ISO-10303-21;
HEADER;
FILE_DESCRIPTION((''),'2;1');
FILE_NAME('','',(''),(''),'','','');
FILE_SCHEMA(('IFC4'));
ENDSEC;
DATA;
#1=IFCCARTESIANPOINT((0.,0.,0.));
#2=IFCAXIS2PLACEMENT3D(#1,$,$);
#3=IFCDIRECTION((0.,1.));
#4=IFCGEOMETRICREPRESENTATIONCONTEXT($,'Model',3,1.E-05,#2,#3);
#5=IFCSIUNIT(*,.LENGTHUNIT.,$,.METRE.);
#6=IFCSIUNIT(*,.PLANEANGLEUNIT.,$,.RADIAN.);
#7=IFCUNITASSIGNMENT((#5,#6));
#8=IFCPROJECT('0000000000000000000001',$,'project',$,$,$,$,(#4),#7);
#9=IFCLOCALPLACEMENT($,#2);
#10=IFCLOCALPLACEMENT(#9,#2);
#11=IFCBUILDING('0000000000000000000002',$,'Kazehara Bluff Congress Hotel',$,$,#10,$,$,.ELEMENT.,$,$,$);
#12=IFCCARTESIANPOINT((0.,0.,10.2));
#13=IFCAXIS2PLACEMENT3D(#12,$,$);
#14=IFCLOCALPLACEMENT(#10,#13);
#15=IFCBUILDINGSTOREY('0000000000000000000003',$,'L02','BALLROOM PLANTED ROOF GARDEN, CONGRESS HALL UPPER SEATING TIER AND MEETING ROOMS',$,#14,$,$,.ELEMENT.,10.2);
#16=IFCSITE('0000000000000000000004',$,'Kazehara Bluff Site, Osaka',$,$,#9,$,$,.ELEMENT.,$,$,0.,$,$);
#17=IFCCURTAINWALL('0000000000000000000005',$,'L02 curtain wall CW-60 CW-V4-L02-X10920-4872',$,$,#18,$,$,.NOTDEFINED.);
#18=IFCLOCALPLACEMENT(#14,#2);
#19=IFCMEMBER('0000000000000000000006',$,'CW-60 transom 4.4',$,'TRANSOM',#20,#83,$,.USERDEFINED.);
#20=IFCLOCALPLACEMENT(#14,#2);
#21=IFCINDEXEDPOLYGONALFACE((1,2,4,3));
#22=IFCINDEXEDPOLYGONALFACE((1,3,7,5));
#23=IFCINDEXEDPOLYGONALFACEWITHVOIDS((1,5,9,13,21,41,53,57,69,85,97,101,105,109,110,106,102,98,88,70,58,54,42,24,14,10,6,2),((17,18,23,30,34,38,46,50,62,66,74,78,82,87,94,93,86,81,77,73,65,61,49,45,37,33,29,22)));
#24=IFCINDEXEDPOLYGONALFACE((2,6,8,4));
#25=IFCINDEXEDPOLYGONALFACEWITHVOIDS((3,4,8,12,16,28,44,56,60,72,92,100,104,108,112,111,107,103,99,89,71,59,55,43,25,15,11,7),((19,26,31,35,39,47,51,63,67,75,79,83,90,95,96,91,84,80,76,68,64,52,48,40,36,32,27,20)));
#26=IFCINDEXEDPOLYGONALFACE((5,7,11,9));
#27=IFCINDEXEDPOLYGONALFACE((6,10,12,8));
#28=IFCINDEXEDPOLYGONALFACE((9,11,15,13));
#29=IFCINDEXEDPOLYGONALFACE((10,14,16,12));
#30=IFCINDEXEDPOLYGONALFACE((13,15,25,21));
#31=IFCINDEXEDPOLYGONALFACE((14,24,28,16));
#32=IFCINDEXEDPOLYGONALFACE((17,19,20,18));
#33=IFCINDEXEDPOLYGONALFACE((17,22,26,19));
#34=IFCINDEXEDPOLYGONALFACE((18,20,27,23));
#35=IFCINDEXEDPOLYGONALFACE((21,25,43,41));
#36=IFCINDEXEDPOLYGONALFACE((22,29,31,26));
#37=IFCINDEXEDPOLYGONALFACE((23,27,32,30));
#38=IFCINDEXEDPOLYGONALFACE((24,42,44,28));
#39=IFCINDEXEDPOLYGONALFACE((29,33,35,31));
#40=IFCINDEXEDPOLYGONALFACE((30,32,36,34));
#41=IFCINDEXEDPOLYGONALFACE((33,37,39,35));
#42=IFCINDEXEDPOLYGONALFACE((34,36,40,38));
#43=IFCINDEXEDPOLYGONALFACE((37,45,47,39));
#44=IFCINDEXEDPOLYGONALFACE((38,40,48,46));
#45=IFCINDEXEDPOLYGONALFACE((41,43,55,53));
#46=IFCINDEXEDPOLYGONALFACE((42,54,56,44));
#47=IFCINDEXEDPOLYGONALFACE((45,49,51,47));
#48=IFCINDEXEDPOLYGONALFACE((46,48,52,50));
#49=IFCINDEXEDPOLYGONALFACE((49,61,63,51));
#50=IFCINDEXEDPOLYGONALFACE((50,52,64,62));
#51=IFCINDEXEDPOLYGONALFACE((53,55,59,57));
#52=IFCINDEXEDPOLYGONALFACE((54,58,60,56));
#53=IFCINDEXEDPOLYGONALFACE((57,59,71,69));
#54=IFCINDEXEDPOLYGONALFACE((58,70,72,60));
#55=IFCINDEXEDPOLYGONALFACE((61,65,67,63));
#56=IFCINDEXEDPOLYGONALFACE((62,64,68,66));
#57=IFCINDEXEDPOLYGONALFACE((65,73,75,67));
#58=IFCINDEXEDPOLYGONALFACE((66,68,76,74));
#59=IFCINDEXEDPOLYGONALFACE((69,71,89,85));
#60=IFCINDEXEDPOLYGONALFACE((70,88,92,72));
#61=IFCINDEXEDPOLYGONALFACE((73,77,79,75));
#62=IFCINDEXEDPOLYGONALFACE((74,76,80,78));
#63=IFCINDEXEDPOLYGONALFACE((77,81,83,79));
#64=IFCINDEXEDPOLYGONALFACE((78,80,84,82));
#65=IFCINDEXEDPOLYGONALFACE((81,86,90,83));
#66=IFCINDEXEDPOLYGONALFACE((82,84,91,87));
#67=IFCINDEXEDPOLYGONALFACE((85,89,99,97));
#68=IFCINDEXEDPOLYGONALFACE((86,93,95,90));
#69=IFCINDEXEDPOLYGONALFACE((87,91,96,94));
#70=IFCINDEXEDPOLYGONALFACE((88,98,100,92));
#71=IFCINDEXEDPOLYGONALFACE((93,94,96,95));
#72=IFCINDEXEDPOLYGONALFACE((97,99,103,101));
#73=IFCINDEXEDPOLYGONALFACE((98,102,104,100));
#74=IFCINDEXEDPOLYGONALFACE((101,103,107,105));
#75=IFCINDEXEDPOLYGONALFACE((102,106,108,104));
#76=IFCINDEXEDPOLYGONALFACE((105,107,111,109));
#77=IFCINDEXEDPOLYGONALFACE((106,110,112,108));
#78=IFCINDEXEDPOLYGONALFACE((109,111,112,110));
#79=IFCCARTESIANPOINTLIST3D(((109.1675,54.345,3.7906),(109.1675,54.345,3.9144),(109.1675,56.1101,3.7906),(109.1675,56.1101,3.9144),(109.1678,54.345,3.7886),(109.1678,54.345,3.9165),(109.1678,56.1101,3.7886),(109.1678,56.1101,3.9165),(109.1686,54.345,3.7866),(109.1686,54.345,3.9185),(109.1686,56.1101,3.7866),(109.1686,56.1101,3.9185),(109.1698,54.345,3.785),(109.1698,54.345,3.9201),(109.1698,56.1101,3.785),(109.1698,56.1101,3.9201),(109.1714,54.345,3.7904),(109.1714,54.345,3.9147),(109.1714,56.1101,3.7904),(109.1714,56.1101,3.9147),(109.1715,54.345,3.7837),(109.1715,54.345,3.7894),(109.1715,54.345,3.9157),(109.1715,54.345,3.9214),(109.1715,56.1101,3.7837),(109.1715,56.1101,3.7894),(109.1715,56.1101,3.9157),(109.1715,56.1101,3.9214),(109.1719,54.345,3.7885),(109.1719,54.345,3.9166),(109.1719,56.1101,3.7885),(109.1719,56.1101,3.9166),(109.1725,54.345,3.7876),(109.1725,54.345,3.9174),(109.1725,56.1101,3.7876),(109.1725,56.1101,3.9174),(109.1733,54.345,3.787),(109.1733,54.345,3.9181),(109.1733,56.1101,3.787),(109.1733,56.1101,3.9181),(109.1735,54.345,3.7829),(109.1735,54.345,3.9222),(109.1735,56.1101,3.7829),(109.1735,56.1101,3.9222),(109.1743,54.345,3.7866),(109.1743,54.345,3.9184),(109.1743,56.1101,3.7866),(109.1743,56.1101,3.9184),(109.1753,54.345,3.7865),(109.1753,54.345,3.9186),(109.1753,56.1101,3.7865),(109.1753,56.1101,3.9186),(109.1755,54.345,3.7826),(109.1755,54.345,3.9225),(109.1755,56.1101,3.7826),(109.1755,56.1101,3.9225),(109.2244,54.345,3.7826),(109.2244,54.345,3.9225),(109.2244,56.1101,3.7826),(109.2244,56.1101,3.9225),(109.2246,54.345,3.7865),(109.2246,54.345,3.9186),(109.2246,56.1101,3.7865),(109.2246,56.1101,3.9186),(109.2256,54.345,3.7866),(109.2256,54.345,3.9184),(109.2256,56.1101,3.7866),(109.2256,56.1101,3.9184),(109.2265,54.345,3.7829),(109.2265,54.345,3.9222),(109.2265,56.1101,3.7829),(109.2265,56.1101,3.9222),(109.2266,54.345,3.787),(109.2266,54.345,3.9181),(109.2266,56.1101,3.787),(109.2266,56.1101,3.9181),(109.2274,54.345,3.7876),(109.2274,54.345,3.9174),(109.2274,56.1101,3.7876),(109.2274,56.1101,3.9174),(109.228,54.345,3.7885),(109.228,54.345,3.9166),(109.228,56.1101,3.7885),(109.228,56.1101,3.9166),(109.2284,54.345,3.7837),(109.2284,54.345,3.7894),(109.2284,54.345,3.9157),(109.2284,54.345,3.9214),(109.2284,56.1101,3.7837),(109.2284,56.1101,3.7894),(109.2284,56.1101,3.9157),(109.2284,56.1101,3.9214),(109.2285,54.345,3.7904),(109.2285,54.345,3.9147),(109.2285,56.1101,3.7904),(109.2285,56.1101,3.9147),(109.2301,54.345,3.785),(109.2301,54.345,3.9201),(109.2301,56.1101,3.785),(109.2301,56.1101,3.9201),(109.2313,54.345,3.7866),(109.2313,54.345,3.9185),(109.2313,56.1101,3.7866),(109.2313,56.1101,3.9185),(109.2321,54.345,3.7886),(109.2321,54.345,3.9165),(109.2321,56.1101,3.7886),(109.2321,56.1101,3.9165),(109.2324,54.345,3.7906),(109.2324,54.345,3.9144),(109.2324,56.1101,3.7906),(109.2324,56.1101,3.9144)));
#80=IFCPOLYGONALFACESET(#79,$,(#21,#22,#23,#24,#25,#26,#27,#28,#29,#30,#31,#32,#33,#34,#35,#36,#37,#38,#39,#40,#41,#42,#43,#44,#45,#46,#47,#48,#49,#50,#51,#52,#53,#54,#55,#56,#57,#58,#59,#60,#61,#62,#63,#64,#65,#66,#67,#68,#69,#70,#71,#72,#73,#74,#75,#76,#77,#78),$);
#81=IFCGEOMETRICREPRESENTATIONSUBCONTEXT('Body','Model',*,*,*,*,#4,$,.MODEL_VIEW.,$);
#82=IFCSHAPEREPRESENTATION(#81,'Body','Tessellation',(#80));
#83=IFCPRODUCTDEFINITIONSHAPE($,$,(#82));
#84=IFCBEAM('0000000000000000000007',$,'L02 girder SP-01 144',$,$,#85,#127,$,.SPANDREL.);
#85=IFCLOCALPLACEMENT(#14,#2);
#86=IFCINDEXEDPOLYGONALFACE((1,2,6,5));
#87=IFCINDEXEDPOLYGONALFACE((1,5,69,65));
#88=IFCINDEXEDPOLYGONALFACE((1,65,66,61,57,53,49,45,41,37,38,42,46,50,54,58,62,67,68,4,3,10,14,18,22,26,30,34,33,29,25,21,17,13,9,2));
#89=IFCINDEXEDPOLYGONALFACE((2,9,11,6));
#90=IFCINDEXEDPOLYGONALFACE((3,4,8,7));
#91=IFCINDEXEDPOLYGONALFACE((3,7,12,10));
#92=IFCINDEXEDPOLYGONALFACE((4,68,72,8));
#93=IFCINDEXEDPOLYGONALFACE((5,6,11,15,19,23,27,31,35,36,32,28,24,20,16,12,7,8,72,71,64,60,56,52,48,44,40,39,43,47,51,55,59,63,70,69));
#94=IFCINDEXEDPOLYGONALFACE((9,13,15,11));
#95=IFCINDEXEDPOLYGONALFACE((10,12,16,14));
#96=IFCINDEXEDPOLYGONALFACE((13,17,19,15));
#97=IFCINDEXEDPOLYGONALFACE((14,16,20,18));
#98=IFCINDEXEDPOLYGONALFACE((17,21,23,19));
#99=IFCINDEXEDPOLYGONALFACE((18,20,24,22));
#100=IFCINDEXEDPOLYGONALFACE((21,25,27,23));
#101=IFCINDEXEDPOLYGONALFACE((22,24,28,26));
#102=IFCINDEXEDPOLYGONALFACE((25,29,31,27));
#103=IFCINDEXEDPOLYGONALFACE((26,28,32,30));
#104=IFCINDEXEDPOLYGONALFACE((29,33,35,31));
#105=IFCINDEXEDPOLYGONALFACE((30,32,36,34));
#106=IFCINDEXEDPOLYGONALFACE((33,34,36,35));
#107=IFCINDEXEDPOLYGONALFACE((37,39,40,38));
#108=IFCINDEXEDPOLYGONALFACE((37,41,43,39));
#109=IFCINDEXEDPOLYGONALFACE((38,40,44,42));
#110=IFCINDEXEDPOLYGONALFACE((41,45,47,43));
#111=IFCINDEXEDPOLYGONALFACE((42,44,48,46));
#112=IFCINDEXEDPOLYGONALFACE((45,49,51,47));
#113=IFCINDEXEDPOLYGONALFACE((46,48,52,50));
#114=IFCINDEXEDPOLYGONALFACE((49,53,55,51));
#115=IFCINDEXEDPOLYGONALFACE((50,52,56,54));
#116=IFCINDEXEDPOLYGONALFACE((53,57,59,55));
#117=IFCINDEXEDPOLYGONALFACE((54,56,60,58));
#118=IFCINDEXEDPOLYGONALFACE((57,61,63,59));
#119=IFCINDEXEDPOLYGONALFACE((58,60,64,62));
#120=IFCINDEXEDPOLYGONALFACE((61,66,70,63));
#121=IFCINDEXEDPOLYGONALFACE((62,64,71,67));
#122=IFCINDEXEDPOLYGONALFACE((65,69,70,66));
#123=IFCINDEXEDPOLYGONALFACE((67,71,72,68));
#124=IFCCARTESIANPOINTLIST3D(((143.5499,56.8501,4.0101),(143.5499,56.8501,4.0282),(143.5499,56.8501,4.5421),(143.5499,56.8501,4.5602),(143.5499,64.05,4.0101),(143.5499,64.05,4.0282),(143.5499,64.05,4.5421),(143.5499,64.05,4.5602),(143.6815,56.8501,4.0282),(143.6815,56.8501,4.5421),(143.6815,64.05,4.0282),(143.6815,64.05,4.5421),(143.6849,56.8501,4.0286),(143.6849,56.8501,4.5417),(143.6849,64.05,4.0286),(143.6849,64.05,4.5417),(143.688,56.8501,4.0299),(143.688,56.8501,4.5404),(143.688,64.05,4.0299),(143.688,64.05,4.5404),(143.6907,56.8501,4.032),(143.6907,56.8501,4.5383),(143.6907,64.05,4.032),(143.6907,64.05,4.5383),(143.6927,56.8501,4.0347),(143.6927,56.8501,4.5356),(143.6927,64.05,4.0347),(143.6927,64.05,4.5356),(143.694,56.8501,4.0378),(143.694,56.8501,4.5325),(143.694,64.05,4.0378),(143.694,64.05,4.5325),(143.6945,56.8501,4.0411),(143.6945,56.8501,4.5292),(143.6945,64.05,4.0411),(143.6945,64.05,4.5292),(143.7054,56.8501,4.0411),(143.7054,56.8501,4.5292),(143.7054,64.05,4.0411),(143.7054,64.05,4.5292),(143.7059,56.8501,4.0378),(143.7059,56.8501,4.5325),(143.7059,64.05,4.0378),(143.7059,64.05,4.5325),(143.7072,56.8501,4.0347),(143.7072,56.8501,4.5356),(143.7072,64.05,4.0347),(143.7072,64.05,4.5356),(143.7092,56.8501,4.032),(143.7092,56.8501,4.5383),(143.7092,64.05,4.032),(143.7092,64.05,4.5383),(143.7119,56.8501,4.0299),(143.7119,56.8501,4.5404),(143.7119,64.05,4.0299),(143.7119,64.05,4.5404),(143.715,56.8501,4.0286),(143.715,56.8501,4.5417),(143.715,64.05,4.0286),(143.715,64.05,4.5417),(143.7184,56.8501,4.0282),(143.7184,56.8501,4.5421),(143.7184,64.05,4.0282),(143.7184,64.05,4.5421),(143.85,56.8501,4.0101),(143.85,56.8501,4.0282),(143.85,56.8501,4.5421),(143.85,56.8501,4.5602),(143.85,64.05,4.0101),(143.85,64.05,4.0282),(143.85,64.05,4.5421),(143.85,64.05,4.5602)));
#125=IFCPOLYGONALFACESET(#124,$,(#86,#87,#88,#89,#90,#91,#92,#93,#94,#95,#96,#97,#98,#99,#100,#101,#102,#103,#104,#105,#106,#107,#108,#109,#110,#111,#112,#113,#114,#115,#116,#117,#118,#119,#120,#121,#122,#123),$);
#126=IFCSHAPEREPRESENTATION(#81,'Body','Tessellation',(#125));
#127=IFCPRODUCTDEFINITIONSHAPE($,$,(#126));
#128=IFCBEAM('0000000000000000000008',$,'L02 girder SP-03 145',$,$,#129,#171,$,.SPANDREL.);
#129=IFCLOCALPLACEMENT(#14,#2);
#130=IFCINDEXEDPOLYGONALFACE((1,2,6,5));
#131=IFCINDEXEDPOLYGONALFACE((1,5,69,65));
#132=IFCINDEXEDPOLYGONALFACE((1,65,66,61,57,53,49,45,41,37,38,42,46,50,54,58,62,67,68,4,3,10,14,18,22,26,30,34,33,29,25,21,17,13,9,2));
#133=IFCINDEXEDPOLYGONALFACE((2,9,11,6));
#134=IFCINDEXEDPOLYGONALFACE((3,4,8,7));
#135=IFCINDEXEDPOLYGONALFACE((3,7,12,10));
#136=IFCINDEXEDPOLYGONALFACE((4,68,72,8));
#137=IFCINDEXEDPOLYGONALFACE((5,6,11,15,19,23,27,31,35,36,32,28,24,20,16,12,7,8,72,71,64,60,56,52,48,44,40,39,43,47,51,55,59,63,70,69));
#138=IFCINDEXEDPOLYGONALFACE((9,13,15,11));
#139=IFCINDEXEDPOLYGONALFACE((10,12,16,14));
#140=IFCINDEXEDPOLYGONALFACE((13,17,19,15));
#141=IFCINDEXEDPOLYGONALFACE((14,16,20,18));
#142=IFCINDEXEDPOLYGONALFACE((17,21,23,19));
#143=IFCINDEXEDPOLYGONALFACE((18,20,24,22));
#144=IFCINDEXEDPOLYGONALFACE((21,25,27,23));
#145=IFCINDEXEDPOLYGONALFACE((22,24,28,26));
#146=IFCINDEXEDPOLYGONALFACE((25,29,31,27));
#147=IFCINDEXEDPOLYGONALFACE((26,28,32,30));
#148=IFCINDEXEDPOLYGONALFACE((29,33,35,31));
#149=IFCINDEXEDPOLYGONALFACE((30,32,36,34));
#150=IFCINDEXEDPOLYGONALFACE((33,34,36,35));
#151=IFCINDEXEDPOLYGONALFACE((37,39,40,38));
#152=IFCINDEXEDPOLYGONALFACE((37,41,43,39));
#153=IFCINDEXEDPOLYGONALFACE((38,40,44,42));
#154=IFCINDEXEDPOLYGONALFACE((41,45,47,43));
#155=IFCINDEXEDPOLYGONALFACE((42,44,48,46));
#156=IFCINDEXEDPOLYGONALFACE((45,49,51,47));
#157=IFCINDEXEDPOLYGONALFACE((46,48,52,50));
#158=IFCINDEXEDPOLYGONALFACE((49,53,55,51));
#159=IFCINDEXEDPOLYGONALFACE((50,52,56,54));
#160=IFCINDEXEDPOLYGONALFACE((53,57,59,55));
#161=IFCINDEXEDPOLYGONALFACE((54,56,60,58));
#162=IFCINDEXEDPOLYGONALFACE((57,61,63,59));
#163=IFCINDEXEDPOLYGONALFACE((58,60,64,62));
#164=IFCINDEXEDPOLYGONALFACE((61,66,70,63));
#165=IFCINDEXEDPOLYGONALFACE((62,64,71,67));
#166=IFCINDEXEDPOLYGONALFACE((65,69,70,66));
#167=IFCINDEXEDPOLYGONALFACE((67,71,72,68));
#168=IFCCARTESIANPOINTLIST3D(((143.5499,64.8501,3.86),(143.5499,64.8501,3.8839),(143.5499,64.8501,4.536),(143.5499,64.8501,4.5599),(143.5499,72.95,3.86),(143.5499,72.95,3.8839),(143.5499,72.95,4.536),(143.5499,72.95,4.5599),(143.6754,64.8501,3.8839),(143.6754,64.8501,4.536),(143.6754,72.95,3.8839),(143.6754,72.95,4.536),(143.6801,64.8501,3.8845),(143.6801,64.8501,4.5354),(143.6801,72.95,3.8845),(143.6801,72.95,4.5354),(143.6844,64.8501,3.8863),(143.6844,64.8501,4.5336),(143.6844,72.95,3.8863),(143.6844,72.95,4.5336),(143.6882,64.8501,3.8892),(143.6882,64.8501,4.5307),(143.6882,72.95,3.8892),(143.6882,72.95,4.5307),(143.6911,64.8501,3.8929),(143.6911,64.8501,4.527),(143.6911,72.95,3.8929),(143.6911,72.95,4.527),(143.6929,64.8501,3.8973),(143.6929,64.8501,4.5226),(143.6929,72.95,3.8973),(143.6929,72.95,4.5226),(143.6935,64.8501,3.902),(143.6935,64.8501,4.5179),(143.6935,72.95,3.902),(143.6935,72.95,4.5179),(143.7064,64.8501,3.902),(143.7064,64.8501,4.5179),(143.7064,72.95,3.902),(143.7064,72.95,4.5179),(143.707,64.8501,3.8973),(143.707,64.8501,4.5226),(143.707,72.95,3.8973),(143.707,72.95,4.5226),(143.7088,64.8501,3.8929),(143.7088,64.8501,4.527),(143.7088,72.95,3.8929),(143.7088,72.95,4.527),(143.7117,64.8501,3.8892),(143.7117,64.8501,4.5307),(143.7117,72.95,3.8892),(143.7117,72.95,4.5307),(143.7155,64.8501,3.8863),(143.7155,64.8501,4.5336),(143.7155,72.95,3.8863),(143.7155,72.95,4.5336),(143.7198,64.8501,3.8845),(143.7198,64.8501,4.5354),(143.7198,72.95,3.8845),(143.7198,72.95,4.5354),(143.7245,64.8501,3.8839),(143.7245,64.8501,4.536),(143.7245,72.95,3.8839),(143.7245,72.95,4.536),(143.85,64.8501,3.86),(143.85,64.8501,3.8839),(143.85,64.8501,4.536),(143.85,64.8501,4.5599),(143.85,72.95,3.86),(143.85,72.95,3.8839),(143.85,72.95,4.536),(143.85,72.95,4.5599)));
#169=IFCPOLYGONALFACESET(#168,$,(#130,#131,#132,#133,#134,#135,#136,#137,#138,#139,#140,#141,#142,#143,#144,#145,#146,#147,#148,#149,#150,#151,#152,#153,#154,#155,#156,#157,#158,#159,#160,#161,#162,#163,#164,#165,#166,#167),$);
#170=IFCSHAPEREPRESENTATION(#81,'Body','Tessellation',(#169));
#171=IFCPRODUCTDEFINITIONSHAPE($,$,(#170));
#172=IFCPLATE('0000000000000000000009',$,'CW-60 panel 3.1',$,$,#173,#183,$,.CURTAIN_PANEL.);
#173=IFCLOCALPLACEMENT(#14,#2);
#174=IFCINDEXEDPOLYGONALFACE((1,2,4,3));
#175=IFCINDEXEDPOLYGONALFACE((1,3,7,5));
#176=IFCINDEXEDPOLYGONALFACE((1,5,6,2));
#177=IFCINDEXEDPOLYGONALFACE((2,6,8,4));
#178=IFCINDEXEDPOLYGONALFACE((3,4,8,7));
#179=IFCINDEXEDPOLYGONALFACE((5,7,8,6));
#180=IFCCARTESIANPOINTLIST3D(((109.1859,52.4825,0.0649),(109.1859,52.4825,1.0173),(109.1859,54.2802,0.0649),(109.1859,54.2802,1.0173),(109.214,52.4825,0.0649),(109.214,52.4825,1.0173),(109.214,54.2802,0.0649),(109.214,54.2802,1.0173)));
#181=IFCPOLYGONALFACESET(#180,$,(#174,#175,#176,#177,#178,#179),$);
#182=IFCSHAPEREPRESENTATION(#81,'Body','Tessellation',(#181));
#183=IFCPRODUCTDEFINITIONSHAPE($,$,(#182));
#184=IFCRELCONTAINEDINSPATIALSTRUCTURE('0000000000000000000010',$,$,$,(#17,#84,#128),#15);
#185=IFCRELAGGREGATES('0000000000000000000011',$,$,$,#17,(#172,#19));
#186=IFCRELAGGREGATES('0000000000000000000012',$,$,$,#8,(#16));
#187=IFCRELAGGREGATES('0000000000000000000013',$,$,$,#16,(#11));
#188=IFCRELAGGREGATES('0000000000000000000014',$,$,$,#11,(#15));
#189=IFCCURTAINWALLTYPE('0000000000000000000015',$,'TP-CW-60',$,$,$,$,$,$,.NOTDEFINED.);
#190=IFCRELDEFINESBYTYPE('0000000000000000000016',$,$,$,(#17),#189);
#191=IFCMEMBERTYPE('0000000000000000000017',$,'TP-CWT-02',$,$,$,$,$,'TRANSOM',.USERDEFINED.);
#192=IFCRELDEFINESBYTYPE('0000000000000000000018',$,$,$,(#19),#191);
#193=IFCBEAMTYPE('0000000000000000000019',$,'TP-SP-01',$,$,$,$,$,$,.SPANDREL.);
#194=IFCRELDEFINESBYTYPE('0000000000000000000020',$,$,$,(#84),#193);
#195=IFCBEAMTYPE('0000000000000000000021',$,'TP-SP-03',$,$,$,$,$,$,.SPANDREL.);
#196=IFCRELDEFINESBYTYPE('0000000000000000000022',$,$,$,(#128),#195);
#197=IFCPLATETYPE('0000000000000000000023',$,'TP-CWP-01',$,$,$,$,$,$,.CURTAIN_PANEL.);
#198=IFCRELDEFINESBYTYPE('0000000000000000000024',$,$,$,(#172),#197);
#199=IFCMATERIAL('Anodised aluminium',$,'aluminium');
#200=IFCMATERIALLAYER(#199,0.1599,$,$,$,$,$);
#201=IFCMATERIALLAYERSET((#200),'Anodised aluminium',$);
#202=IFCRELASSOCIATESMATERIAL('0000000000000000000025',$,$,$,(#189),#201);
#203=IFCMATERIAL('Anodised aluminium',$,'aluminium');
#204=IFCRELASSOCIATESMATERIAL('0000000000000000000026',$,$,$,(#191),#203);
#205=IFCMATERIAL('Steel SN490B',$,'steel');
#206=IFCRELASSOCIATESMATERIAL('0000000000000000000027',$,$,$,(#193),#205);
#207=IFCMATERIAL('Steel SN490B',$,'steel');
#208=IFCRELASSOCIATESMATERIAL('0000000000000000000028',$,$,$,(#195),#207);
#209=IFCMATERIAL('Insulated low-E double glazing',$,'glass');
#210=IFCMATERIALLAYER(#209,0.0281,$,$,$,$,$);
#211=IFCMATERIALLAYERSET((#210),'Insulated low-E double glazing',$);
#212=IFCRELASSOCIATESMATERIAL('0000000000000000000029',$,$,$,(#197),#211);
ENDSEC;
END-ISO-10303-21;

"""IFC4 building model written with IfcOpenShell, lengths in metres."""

from ifc_helpers import new_model, si_unit, direction, frame, origin, origin_2d, place, context, subcontext, project, spatial, rectangle, hollow_rectangle, i_section, extrude, material, layer, layer_set, material_profile, profile_set, type_object, element, aggregate, save


model = new_model("IFC4")

# Units and contexts
model_context = context("Model", 3, precision=1e-05, world=origin(), true_north=direction((0.0, 1.0)))
body_context = subcontext(model_context, "Body", "Model", "MODEL_VIEW")
ifc_project = project(units=[si_unit("LENGTHUNIT", "METRE"), si_unit("PLANEANGLEUNIT", "RADIAN")], contexts=[model_context])

# Site, building, storey
site_placement = place(None, origin())
site = spatial("IfcSite", under=ifc_project, at=site_placement, Name="Kazehara Bluff Site, Osaka", CompositionType="ELEMENT", RefElevation=0.0)
building_placement = place(site_placement, origin())
building = spatial("IfcBuilding", under=site, at=building_placement, Name="Kazehara Bluff Congress Hotel", CompositionType="ELEMENT")
storey_placement = place(building_placement, frame((0.0, 0.0, 10.2)))
storey = spatial("IfcBuildingStorey", under=building, at=storey_placement, Name="L02", Description="BALLROOM PLANTED ROOF GARDEN, CONGRESS HALL UPPER SEATING TIER AND MEETING ROOMS", CompositionType="ELEMENT", Elevation=10.2)

# Curtain wall, member
ifc_material_1 = material(Name="Anodised aluminium", Category="aluminium")
ifc_layer_1 = layer(ifc_material_1, 0.1599)
ifc_layer_set_1 = layer_set([ifc_layer_1], Name="Anodised aluminium")
curtain_wall_type = type_object("IfcCurtainWallType", Name="TP-CW-60", PredefinedType="NOTDEFINED", material=ifc_layer_set_1)
curtain_wall_placement = place(storey_placement, origin())
curtain_wall = element("IfcCurtainWall", 1, at=curtain_wall_placement, inside=storey, type_object=curtain_wall_type, Name="L02 curtain wall CW-60 CW-V4-L02-X10920-4872", PredefinedType="NOTDEFINED")
ifc_material_2 = material(Name="Anodised aluminium", Category="aluminium")
ifc_material_profile_1 = material_profile(ifc_material_2, hollow_rectangle(XDim=0.0649, YDim=0.1399, WallThickness=0.0039, InnerFilletRadius=0.0039, OuterFilletRadius=0.0081, at=origin_2d()))
ifc_profile_set_1 = profile_set([ifc_material_profile_1], Name="Anodised aluminium")
member_type_1 = type_object("IfcMemberType", Name="TP-CWT-02", ElementType="TRANSOM", PredefinedType="USERDEFINED", material=ifc_profile_set_1)
member_1_placement = place(storey_placement, frame((109.2, 54.345, 3.8525), z_axis=(0.0, 1.0, 0.0), x_axis=(-1.0, 0.0, 0.0)))
member_1 = element("IfcMember", 2, at=member_1_placement, type_object=member_type_1, Name="CW-60 transom 4.4", ObjectType="TRANSOM", PredefinedType="USERDEFINED", context=body_context, shape_type="SweptSolid", body=[
    extrude(hollow_rectangle(XDim=0.0649, YDim=0.1399, WallThickness=0.0039, InnerFilletRadius=0.0039, OuterFilletRadius=0.0081, at=origin_2d()), origin(), (0.0, 0.0, 1.0), 1.7651),
])

# Beams
ifc_material_3 = material(Name="Steel SN490B", Category="steel")
ifc_material_profile_2 = material_profile(ifc_material_3, i_section(OverallWidth=0.3, OverallDepth=0.55, WebThickness=0.011, FlangeThickness=0.0181, FilletRadius=0.0129, at=origin_2d()))
ifc_profile_set_2 = profile_set([ifc_material_profile_2], Name="Steel SN490B")
beam_type_1 = type_object("IfcBeamType", Name="TP-SP-01", PredefinedType="SPANDREL", material=ifc_profile_set_2)
beam_1_placement = place(storey_placement, frame((143.7, 56.8501, 4.2852), z_axis=(0.0, 1.0, 0.0), x_axis=(-1.0, 0.0, 0.0)))
element("IfcBeam", 3, at=beam_1_placement, inside=storey, type_object=beam_type_1, Name="L02 girder SP-01 144", PredefinedType="SPANDREL", context=body_context, shape_type="SweptSolid", body=[
    extrude(i_section(OverallWidth=0.3, OverallDepth=0.55, WebThickness=0.011, FlangeThickness=0.0181, FilletRadius=0.0129, at=origin_2d()), origin(), (0.0, 0.0, 1.0), 7.2),
])
ifc_material_4 = material(Name="Steel SN490B", Category="steel")
ifc_material_profile_3 = material_profile(ifc_material_4, i_section(OverallWidth=0.3, OverallDepth=0.7, WebThickness=0.0129, FlangeThickness=0.0239, FilletRadius=0.0181, at=origin_2d()))
ifc_profile_set_3 = profile_set([ifc_material_profile_3], Name="Steel SN490B")
beam_type_2 = type_object("IfcBeamType", Name="TP-SP-03", PredefinedType="SPANDREL", material=ifc_profile_set_3)
beam_2_placement = place(storey_placement, frame((143.7, 64.8501, 4.21), z_axis=(0.0, 1.0, 0.0), x_axis=(-1.0, 0.0, 0.0)))
element("IfcBeam", 4, at=beam_2_placement, inside=storey, type_object=beam_type_2, Name="L02 girder SP-03 145", PredefinedType="SPANDREL", context=body_context, shape_type="SweptSolid", body=[
    extrude(i_section(OverallWidth=0.3, OverallDepth=0.7, WebThickness=0.0129, FlangeThickness=0.0239, FilletRadius=0.0181, at=origin_2d()), origin(), (0.0, 0.0, 1.0), 8.0999),
])

# Plate
ifc_material_5 = material(Name="Insulated low-E double glazing", Category="glass")
ifc_layer_2 = layer(ifc_material_5, 0.0281)
ifc_layer_set_2 = layer_set([ifc_layer_2], Name="Insulated low-E double glazing")
plate_type = type_object("IfcPlateType", Name="TP-CWP-01", PredefinedType="CURTAIN_PANEL", material=ifc_layer_set_2)
plate_1_placement = place(storey_placement, frame((109.2, 53.3813, 0.0649), z_axis=(0.0, 0.0, 1.0), x_axis=(0.0, 1.0, 0.0)))
plate_1 = element("IfcPlate", 5, at=plate_1_placement, type_object=plate_type, Name="CW-60 panel 3.1", PredefinedType="CURTAIN_PANEL", context=body_context, shape_type="SweptSolid", body=[
    extrude(rectangle(XDim=1.7976, YDim=0.0281, at=origin_2d()), origin(), (0.0, 0.0, 1.0), 0.9524),
])
aggregate(curtain_wall, [plate_1, member_1])

save(model, "model.ifc")
